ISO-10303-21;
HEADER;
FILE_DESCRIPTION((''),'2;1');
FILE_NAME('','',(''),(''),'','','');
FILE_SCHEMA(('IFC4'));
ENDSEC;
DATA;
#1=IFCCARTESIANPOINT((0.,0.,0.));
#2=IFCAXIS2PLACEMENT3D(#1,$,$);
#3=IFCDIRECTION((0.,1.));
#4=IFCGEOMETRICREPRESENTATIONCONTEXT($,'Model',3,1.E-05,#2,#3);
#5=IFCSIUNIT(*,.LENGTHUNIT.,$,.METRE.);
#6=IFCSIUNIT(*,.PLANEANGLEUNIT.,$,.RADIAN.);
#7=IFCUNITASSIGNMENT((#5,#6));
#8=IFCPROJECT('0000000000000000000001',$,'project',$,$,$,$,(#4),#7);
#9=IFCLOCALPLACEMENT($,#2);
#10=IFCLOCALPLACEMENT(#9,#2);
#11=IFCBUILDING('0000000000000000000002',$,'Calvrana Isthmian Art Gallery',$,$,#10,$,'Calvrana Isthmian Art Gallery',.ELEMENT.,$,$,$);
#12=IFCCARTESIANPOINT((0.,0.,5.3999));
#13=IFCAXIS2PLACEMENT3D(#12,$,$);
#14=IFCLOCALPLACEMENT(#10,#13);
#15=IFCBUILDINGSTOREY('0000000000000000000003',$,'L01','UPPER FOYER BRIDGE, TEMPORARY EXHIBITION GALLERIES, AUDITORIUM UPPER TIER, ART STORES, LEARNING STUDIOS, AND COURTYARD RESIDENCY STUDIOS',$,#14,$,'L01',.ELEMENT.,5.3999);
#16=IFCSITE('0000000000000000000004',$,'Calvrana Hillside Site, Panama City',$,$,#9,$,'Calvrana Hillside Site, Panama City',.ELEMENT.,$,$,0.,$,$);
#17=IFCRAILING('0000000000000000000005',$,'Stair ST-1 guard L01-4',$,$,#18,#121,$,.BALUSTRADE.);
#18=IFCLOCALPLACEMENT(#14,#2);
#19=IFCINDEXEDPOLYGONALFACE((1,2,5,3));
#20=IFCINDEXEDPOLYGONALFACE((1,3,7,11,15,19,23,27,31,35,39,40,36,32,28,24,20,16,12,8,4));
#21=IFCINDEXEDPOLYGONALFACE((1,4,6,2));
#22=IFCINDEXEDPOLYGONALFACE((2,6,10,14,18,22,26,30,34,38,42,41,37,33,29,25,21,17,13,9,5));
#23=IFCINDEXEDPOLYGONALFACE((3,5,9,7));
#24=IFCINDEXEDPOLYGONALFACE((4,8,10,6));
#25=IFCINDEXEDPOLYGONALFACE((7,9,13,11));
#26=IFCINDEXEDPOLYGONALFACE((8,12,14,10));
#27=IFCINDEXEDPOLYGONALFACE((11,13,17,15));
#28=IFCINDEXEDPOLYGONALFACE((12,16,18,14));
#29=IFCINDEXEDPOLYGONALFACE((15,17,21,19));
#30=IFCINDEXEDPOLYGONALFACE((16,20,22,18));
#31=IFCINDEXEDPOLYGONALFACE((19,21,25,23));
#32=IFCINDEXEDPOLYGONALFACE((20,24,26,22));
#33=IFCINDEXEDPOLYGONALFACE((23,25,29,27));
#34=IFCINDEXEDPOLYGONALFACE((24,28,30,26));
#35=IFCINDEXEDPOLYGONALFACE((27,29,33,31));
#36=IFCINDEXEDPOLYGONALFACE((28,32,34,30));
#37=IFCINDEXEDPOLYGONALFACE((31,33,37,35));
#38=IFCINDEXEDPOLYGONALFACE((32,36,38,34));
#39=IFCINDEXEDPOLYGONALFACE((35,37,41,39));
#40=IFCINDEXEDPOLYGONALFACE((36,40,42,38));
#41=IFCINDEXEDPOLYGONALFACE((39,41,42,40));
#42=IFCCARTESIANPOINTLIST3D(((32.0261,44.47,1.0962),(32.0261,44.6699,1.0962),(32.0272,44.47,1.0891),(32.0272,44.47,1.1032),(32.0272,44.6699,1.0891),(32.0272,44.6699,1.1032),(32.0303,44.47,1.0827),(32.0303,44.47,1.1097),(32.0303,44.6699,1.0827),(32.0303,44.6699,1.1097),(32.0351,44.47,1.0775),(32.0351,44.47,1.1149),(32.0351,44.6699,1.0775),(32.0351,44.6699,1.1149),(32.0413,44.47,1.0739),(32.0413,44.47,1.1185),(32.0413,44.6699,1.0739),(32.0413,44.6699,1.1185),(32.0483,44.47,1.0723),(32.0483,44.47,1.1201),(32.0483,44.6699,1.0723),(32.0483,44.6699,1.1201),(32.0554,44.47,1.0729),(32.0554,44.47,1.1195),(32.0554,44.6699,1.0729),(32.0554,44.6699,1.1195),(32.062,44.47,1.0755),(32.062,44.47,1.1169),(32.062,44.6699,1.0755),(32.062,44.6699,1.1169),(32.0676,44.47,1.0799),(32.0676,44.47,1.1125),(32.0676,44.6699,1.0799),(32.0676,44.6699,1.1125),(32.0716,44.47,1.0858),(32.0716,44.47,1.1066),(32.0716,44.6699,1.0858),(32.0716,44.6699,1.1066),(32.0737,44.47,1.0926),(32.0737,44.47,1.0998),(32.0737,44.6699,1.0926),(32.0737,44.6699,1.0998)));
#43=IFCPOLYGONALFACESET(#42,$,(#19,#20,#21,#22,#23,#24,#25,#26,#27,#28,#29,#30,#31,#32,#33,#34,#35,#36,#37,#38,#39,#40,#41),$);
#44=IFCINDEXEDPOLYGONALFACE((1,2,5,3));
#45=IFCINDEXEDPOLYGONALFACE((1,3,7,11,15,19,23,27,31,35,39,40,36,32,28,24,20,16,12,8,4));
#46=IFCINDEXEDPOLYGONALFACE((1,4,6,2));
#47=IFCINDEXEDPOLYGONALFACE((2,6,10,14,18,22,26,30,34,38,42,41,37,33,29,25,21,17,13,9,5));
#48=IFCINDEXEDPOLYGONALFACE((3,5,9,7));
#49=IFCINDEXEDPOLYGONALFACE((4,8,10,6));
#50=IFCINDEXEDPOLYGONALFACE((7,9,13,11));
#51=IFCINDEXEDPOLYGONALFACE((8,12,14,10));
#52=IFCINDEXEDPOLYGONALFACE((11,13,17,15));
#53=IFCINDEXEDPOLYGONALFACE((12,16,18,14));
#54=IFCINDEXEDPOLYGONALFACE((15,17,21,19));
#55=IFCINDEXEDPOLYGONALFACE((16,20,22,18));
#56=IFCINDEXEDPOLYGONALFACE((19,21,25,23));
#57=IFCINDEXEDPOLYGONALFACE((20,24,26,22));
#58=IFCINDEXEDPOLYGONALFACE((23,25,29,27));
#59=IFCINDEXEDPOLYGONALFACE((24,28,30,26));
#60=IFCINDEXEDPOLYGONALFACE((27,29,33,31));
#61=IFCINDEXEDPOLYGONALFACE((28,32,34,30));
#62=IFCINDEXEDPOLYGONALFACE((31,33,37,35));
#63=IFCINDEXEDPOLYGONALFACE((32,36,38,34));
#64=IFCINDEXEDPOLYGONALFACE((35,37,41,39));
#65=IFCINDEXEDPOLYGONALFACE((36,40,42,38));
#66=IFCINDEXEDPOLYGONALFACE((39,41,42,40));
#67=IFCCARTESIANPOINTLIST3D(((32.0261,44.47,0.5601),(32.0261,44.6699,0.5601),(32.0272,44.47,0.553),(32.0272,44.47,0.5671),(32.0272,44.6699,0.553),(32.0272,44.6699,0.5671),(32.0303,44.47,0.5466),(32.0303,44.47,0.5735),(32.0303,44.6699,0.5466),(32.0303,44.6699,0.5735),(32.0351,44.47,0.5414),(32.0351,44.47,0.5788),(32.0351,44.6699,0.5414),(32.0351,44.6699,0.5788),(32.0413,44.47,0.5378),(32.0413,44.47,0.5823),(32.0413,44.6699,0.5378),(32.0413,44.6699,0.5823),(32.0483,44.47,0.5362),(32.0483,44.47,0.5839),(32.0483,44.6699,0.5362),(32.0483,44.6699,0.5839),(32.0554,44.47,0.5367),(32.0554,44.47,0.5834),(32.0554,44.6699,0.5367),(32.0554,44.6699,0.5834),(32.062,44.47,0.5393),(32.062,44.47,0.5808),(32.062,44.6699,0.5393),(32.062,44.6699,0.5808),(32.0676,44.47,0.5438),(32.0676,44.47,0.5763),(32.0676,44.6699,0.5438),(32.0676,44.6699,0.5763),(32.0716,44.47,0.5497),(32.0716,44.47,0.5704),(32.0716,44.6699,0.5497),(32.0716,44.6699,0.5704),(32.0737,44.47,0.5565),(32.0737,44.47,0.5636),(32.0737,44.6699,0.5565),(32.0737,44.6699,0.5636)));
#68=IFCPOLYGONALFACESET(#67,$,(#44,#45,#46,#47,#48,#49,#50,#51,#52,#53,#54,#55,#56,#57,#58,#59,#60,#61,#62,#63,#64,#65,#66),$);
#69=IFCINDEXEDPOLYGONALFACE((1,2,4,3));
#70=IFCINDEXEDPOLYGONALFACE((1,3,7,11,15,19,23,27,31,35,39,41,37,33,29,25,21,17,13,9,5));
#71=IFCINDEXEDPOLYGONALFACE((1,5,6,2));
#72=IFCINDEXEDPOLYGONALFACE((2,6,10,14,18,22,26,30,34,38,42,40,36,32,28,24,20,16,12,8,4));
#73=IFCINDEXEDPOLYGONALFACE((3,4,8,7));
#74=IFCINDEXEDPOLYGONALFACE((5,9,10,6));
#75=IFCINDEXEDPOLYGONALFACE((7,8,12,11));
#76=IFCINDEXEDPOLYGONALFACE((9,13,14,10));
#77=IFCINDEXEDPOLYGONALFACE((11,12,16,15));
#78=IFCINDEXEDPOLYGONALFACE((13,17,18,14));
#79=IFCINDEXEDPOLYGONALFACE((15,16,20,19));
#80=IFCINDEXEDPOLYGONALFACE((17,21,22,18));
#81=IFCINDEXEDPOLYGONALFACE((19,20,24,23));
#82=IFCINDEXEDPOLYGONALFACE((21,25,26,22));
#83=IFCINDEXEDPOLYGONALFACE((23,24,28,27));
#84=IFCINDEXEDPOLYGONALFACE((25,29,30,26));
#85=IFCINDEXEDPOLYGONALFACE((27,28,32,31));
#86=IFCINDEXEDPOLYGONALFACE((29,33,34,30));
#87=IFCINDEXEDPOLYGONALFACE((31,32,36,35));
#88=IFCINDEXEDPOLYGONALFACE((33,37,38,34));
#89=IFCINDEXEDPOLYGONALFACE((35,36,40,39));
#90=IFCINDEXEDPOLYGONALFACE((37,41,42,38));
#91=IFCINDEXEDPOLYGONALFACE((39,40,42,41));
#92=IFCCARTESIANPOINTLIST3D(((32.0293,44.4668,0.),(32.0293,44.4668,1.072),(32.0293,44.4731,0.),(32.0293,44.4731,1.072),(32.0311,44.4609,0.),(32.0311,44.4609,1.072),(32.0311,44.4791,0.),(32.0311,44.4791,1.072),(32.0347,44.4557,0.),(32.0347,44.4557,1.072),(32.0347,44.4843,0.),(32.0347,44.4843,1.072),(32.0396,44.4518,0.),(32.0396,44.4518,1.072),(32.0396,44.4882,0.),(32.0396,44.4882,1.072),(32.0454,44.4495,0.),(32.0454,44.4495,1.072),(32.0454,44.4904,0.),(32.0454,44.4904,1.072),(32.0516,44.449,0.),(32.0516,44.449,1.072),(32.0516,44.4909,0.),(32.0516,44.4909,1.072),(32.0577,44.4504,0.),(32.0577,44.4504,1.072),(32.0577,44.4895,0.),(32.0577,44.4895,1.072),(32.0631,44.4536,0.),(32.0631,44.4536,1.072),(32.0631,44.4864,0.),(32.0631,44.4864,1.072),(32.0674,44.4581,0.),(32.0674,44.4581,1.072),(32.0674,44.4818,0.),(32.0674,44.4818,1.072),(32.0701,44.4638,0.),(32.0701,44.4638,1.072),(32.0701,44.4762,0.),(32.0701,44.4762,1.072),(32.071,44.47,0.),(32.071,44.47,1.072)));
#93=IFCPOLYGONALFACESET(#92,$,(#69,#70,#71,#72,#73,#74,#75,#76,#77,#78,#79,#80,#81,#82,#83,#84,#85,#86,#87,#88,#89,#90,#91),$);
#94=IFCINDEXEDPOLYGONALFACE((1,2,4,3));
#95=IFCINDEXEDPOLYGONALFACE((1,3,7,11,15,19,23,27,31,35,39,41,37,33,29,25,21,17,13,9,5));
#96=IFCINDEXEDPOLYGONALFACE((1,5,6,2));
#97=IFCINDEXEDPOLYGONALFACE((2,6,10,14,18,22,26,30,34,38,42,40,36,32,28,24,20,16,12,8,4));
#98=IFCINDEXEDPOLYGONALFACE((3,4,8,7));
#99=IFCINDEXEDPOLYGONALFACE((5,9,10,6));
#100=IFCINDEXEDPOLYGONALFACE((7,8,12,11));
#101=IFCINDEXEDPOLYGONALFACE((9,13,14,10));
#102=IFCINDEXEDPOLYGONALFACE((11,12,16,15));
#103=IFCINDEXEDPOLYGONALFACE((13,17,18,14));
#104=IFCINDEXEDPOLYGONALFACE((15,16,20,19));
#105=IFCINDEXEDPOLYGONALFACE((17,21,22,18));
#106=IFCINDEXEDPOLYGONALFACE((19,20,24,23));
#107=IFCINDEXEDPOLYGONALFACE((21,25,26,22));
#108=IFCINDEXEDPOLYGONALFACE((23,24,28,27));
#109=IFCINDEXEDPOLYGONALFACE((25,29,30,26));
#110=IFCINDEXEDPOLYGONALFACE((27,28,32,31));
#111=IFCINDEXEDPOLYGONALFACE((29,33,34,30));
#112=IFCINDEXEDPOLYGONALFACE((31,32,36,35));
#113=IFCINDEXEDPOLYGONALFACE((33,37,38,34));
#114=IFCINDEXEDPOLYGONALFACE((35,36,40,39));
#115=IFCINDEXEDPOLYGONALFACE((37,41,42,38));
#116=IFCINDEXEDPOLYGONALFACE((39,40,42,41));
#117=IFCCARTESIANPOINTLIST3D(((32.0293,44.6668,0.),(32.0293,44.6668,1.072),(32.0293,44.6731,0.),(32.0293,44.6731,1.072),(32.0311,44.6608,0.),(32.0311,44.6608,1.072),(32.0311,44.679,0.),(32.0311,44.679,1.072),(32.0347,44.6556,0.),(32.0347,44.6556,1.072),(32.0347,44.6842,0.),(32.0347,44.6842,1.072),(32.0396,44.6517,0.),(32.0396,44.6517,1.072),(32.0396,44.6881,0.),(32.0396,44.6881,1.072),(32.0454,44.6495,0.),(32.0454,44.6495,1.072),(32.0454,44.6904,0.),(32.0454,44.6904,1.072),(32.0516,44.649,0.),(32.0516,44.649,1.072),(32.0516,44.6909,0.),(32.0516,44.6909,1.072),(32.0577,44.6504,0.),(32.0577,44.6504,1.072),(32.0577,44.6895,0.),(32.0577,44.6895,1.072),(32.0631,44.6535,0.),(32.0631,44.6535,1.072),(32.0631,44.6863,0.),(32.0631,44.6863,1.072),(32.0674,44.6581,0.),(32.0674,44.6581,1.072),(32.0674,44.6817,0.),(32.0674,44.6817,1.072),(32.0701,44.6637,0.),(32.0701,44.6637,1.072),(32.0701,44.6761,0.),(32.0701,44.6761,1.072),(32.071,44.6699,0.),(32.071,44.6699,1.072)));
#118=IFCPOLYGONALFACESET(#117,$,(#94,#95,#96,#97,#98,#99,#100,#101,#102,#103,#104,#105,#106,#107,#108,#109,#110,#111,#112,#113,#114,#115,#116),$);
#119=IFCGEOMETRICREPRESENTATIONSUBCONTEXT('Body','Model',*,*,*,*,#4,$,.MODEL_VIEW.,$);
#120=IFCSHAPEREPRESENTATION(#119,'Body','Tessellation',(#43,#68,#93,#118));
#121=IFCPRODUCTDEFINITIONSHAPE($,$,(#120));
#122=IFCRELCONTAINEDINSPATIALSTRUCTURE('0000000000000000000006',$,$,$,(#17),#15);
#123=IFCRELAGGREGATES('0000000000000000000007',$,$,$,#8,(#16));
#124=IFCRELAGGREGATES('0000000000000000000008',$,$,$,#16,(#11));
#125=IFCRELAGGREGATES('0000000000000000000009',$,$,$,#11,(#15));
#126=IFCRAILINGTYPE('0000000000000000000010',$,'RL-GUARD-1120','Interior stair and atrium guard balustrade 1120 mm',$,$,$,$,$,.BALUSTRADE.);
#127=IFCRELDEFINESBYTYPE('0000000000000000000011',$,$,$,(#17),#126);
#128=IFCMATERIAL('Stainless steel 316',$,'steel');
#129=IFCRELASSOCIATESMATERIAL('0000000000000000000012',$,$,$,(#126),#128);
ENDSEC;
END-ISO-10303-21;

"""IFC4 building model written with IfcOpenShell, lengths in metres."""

from ifc_helpers import new_model, si_unit, direction, frame, origin, origin_2d, place, context, subcontext, project, spatial, circle, extrude, material, type_object, element, save


model = new_model("IFC4")

# Units and contexts
model_context = context("Model", 3, precision=1e-05, world=origin(), true_north=direction((0.0, 1.0)))
body_context = subcontext(model_context, "Body", "Model", "MODEL_VIEW")
ifc_project = project(units=[si_unit("LENGTHUNIT", "METRE"), si_unit("PLANEANGLEUNIT", "RADIAN")], contexts=[model_context])

# Site, building, storey
site_placement = place(None, origin())
site = spatial("IfcSite", under=ifc_project, at=site_placement, Name="Calvrana Hillside Site, Panama City", LongName="Calvrana Hillside Site, Panama City", CompositionType="ELEMENT", RefElevation=0.0)
building_placement = place(site_placement, origin())
building = spatial("IfcBuilding", under=site, at=building_placement, Name="Calvrana Isthmian Art Gallery", LongName="Calvrana Isthmian Art Gallery", CompositionType="ELEMENT")
storey_placement = place(building_placement, frame((0.0, 0.0, 5.3999)))
storey = spatial("IfcBuildingStorey", under=building, at=storey_placement, Name="L01", Description="UPPER FOYER BRIDGE, TEMPORARY EXHIBITION GALLERIES, AUDITORIUM UPPER TIER, ART STORES, LEARNING STUDIOS, AND COURTYARD RESIDENCY STUDIOS", LongName="L01", CompositionType="ELEMENT", Elevation=5.3999)

# Railing
ifc_material_1 = material(Name="Stainless steel 316", Category="steel")
railing_type_1 = type_object("IfcRailingType", Name="RL-GUARD-1120", Description="Interior stair and atrium guard balustrade 1120 mm", PredefinedType="BALUSTRADE", material=ifc_material_1)
railing_1_placement = place(storey_placement, frame((32.05, 44.47, 0.0)))
element("IfcRailing", 1, at=railing_1_placement, inside=storey, type_object=railing_type_1, Name="Stair ST-1 guard L01-4", PredefinedType="BALUSTRADE", context=body_context, shape_type="SweptSolid", body=[
    extrude(circle(Radius=0.0239, at=origin_2d()), frame((0.0, 0.0, 1.0962), z_axis=(0.0, 1.0, 0.0), x_axis=(-1.0, 0.0, 0.0)), (0.0, 0.0, 1.0), 0.2),
    extrude(circle(Radius=0.0239, at=origin_2d()), frame((0.0, 0.0, 0.5601), z_axis=(0.0, 1.0, 0.0), x_axis=(-1.0, 0.0, 0.0)), (0.0, 0.0, 1.0), 0.2),
    extrude(circle(Radius=0.021, at=origin_2d()), origin(), (0.0, 0.0, 1.0), 1.072),
    extrude(circle(Radius=0.021, at=origin_2d()), frame((0.0, 0.2, 0.0)), (0.0, 0.0, 1.0), 1.072),
])

save(model, "model.ifc")
